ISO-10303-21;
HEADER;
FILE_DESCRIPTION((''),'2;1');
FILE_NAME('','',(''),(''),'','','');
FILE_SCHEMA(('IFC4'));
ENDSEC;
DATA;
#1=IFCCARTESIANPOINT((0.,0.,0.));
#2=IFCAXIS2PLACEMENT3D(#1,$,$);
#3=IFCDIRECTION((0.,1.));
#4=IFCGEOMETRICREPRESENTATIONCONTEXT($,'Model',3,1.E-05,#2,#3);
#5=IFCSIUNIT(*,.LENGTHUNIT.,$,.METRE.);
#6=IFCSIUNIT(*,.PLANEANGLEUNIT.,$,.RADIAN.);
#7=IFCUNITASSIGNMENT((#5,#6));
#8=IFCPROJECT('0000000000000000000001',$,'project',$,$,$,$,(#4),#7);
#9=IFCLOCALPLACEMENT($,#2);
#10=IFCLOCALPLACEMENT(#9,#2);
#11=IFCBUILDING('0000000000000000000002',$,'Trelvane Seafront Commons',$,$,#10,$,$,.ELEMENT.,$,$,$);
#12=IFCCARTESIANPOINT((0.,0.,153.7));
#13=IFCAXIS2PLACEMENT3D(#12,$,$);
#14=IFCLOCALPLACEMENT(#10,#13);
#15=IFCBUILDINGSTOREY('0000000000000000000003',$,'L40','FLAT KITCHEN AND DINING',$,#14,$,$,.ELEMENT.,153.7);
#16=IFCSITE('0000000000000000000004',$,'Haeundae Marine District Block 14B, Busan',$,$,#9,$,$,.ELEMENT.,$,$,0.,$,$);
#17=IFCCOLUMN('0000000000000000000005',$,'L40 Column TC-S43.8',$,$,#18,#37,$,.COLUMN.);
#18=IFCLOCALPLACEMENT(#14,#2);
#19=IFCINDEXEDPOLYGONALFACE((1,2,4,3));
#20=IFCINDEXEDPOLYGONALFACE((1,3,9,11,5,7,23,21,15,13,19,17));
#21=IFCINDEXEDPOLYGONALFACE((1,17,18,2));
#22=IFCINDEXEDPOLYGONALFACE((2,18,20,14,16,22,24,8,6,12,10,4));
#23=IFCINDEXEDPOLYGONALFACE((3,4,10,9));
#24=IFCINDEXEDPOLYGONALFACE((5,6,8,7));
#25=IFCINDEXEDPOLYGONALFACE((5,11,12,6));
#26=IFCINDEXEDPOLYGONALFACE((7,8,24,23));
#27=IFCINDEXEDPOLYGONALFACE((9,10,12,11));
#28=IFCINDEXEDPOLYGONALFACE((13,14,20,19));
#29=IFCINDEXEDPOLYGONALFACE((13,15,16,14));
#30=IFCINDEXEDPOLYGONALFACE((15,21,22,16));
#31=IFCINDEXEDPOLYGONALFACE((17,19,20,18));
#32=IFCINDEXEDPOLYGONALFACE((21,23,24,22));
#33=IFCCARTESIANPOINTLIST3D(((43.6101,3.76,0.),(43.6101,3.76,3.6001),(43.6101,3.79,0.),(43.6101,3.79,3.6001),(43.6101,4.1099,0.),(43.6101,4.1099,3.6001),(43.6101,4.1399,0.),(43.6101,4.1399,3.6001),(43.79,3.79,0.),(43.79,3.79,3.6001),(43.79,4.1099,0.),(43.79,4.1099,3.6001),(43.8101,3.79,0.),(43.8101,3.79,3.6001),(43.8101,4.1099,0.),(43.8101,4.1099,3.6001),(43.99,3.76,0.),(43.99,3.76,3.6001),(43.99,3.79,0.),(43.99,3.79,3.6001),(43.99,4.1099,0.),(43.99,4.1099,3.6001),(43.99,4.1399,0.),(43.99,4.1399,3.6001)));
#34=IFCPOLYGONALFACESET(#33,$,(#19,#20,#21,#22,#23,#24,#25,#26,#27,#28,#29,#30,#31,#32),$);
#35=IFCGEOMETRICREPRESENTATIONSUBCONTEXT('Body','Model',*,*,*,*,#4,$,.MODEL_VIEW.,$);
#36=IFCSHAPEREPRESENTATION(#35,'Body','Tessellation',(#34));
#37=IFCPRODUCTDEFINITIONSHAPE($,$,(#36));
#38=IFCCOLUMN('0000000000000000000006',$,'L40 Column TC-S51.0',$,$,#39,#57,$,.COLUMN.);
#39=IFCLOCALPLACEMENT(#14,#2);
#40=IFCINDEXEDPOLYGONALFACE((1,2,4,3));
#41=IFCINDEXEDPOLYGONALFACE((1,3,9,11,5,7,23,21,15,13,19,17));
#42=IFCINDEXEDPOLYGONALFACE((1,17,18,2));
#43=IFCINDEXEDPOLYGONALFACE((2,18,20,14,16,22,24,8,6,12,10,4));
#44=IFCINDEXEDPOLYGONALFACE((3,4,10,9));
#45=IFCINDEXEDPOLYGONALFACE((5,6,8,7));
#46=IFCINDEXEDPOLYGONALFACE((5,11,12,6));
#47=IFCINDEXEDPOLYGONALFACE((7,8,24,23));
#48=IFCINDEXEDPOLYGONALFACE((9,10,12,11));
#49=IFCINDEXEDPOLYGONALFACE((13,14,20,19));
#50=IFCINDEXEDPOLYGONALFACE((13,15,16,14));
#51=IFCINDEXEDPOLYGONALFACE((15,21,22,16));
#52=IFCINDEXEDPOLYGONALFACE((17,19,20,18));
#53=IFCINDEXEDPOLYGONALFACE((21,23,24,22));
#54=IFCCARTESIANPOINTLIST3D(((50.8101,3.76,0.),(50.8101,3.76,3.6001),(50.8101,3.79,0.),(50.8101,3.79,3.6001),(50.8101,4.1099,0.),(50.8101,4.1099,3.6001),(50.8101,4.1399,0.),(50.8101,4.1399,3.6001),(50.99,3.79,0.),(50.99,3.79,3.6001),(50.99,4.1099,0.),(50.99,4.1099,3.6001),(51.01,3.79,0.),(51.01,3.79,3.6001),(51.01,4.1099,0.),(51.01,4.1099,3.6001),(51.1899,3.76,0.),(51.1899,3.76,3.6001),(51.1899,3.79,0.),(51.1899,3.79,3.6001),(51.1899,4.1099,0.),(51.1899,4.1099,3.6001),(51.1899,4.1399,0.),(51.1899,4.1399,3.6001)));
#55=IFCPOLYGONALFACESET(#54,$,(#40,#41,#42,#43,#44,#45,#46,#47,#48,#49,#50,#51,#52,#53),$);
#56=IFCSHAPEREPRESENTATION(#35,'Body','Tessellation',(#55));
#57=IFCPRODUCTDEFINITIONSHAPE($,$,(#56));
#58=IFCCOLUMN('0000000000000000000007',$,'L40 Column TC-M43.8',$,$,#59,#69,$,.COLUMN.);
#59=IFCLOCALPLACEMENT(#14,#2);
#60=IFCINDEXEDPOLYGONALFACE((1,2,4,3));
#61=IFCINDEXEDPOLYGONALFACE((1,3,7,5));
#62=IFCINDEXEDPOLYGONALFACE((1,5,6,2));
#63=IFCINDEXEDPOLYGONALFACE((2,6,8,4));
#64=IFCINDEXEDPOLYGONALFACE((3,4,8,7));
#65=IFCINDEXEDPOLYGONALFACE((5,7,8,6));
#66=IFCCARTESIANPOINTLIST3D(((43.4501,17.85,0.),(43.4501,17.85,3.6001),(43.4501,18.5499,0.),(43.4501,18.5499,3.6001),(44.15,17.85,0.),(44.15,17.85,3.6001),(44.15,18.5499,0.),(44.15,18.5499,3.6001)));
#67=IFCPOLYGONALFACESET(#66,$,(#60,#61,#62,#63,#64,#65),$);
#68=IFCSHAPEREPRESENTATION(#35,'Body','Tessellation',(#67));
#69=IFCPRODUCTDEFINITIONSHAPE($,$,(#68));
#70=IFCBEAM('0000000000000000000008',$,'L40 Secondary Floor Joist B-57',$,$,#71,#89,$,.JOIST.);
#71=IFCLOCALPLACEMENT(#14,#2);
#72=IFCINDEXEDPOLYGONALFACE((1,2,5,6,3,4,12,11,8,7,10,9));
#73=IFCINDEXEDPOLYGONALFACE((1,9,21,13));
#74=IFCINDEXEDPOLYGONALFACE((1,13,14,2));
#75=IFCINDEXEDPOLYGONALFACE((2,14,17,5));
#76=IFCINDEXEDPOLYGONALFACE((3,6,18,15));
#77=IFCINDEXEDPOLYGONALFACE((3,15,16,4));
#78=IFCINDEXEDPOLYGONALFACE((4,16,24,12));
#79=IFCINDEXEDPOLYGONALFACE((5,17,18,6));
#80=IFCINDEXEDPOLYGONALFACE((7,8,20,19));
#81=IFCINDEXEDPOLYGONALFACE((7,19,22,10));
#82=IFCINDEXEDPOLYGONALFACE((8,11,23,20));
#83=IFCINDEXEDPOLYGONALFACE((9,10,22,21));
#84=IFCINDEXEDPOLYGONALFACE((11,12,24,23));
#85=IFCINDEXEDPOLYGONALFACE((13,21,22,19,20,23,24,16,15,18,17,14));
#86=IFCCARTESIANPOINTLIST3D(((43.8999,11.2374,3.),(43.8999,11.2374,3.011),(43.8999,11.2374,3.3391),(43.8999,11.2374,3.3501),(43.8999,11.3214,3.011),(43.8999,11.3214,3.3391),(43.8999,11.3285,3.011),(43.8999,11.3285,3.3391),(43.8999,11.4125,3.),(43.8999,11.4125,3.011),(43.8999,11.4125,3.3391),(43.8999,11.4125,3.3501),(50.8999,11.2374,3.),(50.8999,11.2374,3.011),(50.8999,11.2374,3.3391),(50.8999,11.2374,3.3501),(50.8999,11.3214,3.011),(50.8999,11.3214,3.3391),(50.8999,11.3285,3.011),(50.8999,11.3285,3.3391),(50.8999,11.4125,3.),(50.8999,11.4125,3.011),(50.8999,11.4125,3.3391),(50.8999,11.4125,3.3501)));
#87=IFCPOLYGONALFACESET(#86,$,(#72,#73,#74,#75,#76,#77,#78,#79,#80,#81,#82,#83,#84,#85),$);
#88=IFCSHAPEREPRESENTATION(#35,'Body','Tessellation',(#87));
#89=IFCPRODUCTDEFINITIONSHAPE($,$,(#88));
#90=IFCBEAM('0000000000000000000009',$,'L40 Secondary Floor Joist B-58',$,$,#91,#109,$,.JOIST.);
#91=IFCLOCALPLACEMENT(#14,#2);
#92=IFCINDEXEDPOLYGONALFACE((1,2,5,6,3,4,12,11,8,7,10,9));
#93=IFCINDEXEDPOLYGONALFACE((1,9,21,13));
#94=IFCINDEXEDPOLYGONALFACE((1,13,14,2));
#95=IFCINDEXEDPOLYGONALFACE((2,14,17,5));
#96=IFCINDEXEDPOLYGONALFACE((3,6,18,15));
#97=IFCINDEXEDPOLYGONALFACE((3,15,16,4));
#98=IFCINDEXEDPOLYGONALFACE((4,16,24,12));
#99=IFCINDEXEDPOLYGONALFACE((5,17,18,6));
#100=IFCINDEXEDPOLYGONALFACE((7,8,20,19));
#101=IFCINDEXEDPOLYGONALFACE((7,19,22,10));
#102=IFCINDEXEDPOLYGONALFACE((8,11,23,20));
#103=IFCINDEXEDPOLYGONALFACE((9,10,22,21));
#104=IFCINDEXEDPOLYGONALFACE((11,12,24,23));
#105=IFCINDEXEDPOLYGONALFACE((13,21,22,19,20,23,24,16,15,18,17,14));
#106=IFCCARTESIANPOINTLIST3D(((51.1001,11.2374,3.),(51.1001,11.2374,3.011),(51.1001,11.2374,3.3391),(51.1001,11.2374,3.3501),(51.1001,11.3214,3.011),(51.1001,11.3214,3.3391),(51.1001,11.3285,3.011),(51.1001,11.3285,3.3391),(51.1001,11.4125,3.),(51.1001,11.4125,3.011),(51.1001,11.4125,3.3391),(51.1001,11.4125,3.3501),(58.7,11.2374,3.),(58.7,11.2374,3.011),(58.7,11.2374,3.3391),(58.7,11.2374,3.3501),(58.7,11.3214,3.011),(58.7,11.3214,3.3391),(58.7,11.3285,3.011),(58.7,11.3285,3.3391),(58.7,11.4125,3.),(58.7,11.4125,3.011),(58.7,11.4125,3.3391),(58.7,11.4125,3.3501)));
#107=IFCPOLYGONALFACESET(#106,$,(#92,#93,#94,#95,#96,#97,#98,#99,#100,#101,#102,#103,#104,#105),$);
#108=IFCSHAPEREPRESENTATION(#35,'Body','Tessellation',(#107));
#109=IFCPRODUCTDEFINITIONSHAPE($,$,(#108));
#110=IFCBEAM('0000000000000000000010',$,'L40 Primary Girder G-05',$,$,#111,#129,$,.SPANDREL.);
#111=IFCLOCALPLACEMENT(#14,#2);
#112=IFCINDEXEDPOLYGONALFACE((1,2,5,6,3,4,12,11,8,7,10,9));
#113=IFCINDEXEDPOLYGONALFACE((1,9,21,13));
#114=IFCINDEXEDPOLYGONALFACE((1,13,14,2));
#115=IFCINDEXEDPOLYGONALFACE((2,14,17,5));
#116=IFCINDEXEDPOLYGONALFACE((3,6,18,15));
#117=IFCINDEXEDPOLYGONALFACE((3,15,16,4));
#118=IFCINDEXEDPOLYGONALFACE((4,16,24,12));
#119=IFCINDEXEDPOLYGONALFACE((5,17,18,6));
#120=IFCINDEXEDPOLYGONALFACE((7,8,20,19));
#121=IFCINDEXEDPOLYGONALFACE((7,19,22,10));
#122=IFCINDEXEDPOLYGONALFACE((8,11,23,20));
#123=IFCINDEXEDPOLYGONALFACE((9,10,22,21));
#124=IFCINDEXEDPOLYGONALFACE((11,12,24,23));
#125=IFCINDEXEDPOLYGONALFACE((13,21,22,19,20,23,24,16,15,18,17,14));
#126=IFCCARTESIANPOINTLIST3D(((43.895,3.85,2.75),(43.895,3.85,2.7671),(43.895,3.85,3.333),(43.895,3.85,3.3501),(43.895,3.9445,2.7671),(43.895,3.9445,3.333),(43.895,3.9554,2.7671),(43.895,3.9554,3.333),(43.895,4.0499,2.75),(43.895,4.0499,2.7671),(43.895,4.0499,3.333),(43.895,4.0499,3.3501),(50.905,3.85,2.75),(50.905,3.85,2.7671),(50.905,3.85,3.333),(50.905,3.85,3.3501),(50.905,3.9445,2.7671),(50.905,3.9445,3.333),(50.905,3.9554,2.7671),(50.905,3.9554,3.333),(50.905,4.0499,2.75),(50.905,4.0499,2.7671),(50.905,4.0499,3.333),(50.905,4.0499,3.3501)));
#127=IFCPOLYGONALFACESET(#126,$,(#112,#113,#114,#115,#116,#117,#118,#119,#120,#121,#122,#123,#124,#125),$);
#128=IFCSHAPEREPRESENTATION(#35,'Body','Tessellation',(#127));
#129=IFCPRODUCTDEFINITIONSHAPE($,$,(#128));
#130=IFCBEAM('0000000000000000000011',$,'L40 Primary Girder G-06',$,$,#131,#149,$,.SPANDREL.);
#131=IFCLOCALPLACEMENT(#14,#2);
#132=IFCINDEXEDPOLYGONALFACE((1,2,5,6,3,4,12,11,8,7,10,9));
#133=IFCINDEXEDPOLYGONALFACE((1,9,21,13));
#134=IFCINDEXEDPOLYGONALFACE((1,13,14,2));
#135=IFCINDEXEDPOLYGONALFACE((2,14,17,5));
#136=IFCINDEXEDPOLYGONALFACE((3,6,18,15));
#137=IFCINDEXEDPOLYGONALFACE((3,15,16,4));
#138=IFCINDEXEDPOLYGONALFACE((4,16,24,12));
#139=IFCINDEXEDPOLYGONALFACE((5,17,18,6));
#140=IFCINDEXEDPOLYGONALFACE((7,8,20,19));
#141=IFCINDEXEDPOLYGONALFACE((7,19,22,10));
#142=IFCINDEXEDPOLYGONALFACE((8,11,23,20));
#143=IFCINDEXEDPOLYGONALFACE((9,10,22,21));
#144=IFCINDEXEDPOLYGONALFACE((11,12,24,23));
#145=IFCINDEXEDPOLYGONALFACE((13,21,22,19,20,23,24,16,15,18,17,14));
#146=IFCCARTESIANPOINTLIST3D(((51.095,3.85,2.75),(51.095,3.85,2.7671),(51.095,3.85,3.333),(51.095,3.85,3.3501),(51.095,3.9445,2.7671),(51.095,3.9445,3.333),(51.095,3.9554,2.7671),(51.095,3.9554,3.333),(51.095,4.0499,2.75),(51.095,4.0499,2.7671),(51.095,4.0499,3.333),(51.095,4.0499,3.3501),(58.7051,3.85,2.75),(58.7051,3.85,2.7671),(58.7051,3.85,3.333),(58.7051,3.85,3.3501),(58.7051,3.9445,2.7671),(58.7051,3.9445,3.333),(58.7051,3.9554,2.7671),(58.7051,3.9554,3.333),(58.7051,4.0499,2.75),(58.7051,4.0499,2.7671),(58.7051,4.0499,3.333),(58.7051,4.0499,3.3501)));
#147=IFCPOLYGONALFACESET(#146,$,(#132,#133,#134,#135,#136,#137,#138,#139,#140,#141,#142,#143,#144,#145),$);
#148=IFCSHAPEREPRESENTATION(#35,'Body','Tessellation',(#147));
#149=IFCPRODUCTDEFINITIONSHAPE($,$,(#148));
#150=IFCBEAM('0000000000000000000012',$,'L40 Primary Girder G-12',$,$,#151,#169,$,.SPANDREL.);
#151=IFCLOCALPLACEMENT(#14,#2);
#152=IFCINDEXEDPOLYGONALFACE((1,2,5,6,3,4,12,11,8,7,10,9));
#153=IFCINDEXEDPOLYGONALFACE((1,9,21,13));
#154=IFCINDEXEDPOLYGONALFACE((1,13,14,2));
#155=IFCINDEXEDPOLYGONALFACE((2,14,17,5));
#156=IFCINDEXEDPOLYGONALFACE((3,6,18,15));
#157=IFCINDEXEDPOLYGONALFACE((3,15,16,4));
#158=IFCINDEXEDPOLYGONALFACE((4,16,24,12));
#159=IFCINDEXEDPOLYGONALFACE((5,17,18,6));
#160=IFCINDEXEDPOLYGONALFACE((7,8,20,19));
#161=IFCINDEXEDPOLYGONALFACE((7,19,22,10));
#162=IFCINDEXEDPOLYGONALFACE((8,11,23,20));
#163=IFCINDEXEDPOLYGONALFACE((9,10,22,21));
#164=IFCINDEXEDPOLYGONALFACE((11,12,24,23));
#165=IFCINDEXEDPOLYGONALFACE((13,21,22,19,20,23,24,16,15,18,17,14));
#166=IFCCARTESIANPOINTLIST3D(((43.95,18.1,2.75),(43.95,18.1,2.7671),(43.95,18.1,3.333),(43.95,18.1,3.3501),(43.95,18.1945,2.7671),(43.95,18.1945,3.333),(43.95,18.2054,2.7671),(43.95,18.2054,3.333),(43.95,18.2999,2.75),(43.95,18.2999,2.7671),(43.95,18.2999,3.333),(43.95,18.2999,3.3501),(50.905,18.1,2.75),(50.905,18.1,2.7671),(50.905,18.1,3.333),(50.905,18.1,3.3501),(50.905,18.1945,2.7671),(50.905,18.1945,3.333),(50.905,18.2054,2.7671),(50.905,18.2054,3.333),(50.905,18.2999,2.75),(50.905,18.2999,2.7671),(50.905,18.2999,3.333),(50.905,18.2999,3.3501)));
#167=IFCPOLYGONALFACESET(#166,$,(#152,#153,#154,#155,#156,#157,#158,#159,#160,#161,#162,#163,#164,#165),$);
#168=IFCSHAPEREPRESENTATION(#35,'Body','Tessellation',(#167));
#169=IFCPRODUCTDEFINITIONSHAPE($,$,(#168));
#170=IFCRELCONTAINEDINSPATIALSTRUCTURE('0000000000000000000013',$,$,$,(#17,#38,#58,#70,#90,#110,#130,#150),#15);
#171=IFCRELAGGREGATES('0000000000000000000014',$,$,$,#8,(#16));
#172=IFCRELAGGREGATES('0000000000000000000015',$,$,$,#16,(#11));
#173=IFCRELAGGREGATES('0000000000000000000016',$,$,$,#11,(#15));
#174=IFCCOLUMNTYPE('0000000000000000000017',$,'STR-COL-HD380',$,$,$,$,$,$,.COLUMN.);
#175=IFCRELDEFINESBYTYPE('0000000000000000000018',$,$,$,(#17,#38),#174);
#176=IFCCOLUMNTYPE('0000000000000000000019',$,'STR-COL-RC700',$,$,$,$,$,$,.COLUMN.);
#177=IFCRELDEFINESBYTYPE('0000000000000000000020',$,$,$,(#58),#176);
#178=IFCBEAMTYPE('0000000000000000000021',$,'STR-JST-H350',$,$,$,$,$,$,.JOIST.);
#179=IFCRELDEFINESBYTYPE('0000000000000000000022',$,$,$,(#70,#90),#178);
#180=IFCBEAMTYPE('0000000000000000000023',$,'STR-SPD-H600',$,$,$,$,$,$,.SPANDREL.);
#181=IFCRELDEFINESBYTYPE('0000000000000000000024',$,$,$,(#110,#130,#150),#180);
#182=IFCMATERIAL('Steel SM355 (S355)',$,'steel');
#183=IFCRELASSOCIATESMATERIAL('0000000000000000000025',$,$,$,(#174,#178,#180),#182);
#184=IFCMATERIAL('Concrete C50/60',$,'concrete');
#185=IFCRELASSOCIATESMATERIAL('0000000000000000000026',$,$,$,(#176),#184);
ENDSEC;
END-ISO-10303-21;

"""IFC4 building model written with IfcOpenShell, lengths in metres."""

from ifc_helpers import new_model, si_unit, direction, frame, origin, origin_2d, place, context, subcontext, project, spatial, rectangle, i_section, extrude, source, transform, mapped, material, material_profile, profile_set, type_object, element, save


model = new_model("IFC4")

# Units and contexts
model_context = context("Model", 3, precision=1e-05, world=origin(), true_north=direction((0.0, 1.0)))
body_context = subcontext(model_context, "Body", "Model", "MODEL_VIEW")
ifc_project = project(units=[si_unit("LENGTHUNIT", "METRE"), si_unit("PLANEANGLEUNIT", "RADIAN")], contexts=[model_context])

# Site, building, storey
site_placement = place(None, origin())
site = spatial("IfcSite", under=ifc_project, at=site_placement, Name="Haeundae Marine District Block 14B, Busan", CompositionType="ELEMENT", RefElevation=0.0)
building_placement = place(site_placement, origin())
building = spatial("IfcBuilding", under=site, at=building_placement, Name="Trelvane Seafront Commons", CompositionType="ELEMENT")
storey_placement = place(building_placement, frame((0.0, 0.0, 153.7)))
storey = spatial("IfcBuildingStorey", under=building, at=storey_placement, Name="L40", Description="FLAT KITCHEN AND DINING", CompositionType="ELEMENT", Elevation=153.7)

# Columns
ifc_material_1 = material(Name="Steel SM355 (S355)", Category="steel")
ifc_material_profile_1 = material_profile(ifc_material_1, i_section(OverallWidth=0.3799, OverallDepth=0.3799, WebThickness=0.02, FlangeThickness=0.03, at=origin_2d()), Name="HD-380x380x20x30")
ifc_profile_set_1 = profile_set([ifc_material_profile_1], Name="Steel SM355 (S355)")
column_type_1 = type_object("IfcColumnType", Name="STR-COL-HD380", PredefinedType="COLUMN", material=ifc_profile_set_1)
shared_shape_1 = source(origin(), body_context, "Body", "SweptSolid", [
    extrude(i_section(OverallWidth=0.3799, OverallDepth=0.3799, WebThickness=0.02, FlangeThickness=0.03, at=origin_2d()), origin(), (0.0, 0.0, 1.0), 3.6001),
])
for number, where, z_axis, x_axis, name in (
    (1, (43.8, 3.95, 0.0), (0.0, 0.0, 1.0), (1.0, 0.0, 0.0), "L40 Column TC-S43.8"),
    (2, (51.0, 3.95, 0.0), (0.0, 0.0, 1.0), (1.0, 0.0, 0.0), "L40 Column TC-S51.0"),
):
    element("IfcColumn", number, at=place(storey_placement, frame(where, z_axis=z_axis, x_axis=x_axis)), inside=storey, type_object=column_type_1, Name=name, PredefinedType="COLUMN", context=body_context, shape_type="MappedRepresentation", body=[
        mapped(shared_shape_1, transform((0.0, 0.0, 0.0), x_axis=(1.0, 0.0, 0.0), y_axis=(0.0, 1.0, 0.0), z_axis=(0.0, 0.0, 1.0), scale=1.0)),
    ])
ifc_material_2 = material(Name="Concrete C50/60", Category="concrete")
ifc_material_profile_2 = material_profile(ifc_material_2, rectangle(XDim=0.7, YDim=0.7, at=origin_2d()), Name="RC-700x700")
ifc_profile_set_2 = profile_set([ifc_material_profile_2], Name="Concrete C50/60")
column_type_2 = type_object("IfcColumnType", Name="STR-COL-RC700", PredefinedType="COLUMN", material=ifc_profile_set_2)
shared_shape_2 = source(origin(), body_context, "Body", "SweptSolid", [
    extrude(rectangle(XDim=0.7, YDim=0.7, at=origin_2d()), origin(), (0.0, 0.0, 1.0), 3.6001),
])
column_placement = place(storey_placement, frame((43.8, 18.2, 0.0), z_axis=(0.0, 0.0, 1.0), x_axis=(1.0, 0.0, 0.0)))
element("IfcColumn", 3, at=column_placement, inside=storey, type_object=column_type_2, Name="L40 Column TC-M43.8", PredefinedType="COLUMN", context=body_context, shape_type="MappedRepresentation", body=[
    mapped(shared_shape_2, transform((0.0, 0.0, 0.0), x_axis=(1.0, 0.0, 0.0), y_axis=(0.0, 1.0, 0.0), z_axis=(0.0, 0.0, 1.0), scale=1.0)),
])

# Beams
ifc_material_profile_3 = material_profile(ifc_material_1, i_section(OverallWidth=0.175, OverallDepth=0.3501, WebThickness=0.0071, FlangeThickness=0.011, at=origin_2d()), Name="H-350x175x7x11")
ifc_profile_set_3 = profile_set([ifc_material_profile_3], Name="Steel SM355 (S355)")
beam_type_1 = type_object("IfcBeamType", Name="STR-JST-H350", PredefinedType="JOIST", material=ifc_profile_set_3)
shared_shape_3 = source(origin(), body_context, "Body", "SweptSolid", [
    extrude(i_section(OverallWidth=0.175, OverallDepth=0.3501, WebThickness=0.0071, FlangeThickness=0.011, at=origin_2d()), origin(), (0.0, 0.0, 1.0), 7.0),
])
beam_1_placement = place(storey_placement, frame((43.8999, 11.325, 3.175), z_axis=(1.0, 0.0, 0.0), x_axis=(0.0, 1.0, 0.0)))
element("IfcBeam", 4, at=beam_1_placement, inside=storey, type_object=beam_type_1, Name="L40 Secondary Floor Joist B-57", PredefinedType="JOIST", context=body_context, shape_type="MappedRepresentation", body=[
    mapped(shared_shape_3, transform((0.0, 0.0, 0.0), x_axis=(1.0, 0.0, 0.0), y_axis=(0.0, 1.0, 0.0), z_axis=(0.0, 0.0, 1.0), scale=1.0)),
])
shared_shape_4 = source(origin(), body_context, "Body", "SweptSolid", [
    extrude(i_section(OverallWidth=0.175, OverallDepth=0.3501, WebThickness=0.0071, FlangeThickness=0.011, at=origin_2d()), origin(), (0.0, 0.0, 1.0), 7.5999),
])
beam_2_placement = place(storey_placement, frame((51.1001, 11.325, 3.175), z_axis=(1.0, 0.0, 0.0), x_axis=(0.0, 1.0, 0.0)))
element("IfcBeam", 5, at=beam_2_placement, inside=storey, type_object=beam_type_1, Name="L40 Secondary Floor Joist B-58", PredefinedType="JOIST", context=body_context, shape_type="MappedRepresentation", body=[
    mapped(shared_shape_4, transform((0.0, 0.0, 0.0), x_axis=(1.0, 0.0, 0.0), y_axis=(0.0, 1.0, 0.0), z_axis=(0.0, 0.0, 1.0), scale=1.0)),
])
ifc_material_profile_4 = material_profile(ifc_material_1, i_section(OverallWidth=0.2, OverallDepth=0.6001, WebThickness=0.011, FlangeThickness=0.0171, at=origin_2d()), Name="H-600x200x11x17")
ifc_profile_set_4 = profile_set([ifc_material_profile_4], Name="Steel SM355 (S355)")
beam_type_2 = type_object("IfcBeamType", Name="STR-SPD-H600", PredefinedType="SPANDREL", material=ifc_profile_set_4)
shared_shape_5 = source(origin(), body_context, "Body", "SweptSolid", [
    extrude(i_section(OverallWidth=0.2, OverallDepth=0.6001, WebThickness=0.011, FlangeThickness=0.0171, at=origin_2d()), origin(), (0.0, 0.0, 1.0), 7.01),
])
beam_3_placement = place(storey_placement, frame((43.895, 3.95, 3.05), z_axis=(1.0, 0.0, 0.0), x_axis=(0.0, 1.0, 0.0)))
element("IfcBeam", 6, at=beam_3_placement, inside=storey, type_object=beam_type_2, Name="L40 Primary Girder G-05", PredefinedType="SPANDREL", context=body_context, shape_type="MappedRepresentation", body=[
    mapped(shared_shape_5, transform((0.0, 0.0, 0.0), x_axis=(1.0, 0.0, 0.0), y_axis=(0.0, 1.0, 0.0), z_axis=(0.0, 0.0, 1.0), scale=1.0)),
])
shared_shape_6 = source(origin(), body_context, "Body", "SweptSolid", [
    extrude(i_section(OverallWidth=0.2, OverallDepth=0.6001, WebThickness=0.011, FlangeThickness=0.0171, at=origin_2d()), origin(), (0.0, 0.0, 1.0), 7.6101),
])
beam_4_placement = place(storey_placement, frame((51.095, 3.95, 3.05), z_axis=(1.0, 0.0, 0.0), x_axis=(0.0, 1.0, 0.0)))
element("IfcBeam", 7, at=beam_4_placement, inside=storey, type_object=beam_type_2, Name="L40 Primary Girder G-06", PredefinedType="SPANDREL", context=body_context, shape_type="MappedRepresentation", body=[
    mapped(shared_shape_6, transform((0.0, 0.0, 0.0), x_axis=(1.0, 0.0, 0.0), y_axis=(0.0, 1.0, 0.0), z_axis=(0.0, 0.0, 1.0), scale=1.0)),
])
shared_shape_7 = source(origin(), body_context, "Body", "SweptSolid", [
    extrude(i_section(OverallWidth=0.2, OverallDepth=0.6001, WebThickness=0.011, FlangeThickness=0.0171, at=origin_2d()), origin(), (0.0, 0.0, 1.0), 6.9551),
])
beam_5_placement = place(storey_placement, frame((43.95, 18.2, 3.05), z_axis=(1.0, 0.0, 0.0), x_axis=(0.0, 1.0, 0.0)))
element("IfcBeam", 8, at=beam_5_placement, inside=storey, type_object=beam_type_2, Name="L40 Primary Girder G-12", PredefinedType="SPANDREL", context=body_context, shape_type="MappedRepresentation", body=[
    mapped(shared_shape_7, transform((0.0, 0.0, 0.0), x_axis=(1.0, 0.0, 0.0), y_axis=(0.0, 1.0, 0.0), z_axis=(0.0, 0.0, 1.0), scale=1.0)),
])

save(model, "model.ifc")
